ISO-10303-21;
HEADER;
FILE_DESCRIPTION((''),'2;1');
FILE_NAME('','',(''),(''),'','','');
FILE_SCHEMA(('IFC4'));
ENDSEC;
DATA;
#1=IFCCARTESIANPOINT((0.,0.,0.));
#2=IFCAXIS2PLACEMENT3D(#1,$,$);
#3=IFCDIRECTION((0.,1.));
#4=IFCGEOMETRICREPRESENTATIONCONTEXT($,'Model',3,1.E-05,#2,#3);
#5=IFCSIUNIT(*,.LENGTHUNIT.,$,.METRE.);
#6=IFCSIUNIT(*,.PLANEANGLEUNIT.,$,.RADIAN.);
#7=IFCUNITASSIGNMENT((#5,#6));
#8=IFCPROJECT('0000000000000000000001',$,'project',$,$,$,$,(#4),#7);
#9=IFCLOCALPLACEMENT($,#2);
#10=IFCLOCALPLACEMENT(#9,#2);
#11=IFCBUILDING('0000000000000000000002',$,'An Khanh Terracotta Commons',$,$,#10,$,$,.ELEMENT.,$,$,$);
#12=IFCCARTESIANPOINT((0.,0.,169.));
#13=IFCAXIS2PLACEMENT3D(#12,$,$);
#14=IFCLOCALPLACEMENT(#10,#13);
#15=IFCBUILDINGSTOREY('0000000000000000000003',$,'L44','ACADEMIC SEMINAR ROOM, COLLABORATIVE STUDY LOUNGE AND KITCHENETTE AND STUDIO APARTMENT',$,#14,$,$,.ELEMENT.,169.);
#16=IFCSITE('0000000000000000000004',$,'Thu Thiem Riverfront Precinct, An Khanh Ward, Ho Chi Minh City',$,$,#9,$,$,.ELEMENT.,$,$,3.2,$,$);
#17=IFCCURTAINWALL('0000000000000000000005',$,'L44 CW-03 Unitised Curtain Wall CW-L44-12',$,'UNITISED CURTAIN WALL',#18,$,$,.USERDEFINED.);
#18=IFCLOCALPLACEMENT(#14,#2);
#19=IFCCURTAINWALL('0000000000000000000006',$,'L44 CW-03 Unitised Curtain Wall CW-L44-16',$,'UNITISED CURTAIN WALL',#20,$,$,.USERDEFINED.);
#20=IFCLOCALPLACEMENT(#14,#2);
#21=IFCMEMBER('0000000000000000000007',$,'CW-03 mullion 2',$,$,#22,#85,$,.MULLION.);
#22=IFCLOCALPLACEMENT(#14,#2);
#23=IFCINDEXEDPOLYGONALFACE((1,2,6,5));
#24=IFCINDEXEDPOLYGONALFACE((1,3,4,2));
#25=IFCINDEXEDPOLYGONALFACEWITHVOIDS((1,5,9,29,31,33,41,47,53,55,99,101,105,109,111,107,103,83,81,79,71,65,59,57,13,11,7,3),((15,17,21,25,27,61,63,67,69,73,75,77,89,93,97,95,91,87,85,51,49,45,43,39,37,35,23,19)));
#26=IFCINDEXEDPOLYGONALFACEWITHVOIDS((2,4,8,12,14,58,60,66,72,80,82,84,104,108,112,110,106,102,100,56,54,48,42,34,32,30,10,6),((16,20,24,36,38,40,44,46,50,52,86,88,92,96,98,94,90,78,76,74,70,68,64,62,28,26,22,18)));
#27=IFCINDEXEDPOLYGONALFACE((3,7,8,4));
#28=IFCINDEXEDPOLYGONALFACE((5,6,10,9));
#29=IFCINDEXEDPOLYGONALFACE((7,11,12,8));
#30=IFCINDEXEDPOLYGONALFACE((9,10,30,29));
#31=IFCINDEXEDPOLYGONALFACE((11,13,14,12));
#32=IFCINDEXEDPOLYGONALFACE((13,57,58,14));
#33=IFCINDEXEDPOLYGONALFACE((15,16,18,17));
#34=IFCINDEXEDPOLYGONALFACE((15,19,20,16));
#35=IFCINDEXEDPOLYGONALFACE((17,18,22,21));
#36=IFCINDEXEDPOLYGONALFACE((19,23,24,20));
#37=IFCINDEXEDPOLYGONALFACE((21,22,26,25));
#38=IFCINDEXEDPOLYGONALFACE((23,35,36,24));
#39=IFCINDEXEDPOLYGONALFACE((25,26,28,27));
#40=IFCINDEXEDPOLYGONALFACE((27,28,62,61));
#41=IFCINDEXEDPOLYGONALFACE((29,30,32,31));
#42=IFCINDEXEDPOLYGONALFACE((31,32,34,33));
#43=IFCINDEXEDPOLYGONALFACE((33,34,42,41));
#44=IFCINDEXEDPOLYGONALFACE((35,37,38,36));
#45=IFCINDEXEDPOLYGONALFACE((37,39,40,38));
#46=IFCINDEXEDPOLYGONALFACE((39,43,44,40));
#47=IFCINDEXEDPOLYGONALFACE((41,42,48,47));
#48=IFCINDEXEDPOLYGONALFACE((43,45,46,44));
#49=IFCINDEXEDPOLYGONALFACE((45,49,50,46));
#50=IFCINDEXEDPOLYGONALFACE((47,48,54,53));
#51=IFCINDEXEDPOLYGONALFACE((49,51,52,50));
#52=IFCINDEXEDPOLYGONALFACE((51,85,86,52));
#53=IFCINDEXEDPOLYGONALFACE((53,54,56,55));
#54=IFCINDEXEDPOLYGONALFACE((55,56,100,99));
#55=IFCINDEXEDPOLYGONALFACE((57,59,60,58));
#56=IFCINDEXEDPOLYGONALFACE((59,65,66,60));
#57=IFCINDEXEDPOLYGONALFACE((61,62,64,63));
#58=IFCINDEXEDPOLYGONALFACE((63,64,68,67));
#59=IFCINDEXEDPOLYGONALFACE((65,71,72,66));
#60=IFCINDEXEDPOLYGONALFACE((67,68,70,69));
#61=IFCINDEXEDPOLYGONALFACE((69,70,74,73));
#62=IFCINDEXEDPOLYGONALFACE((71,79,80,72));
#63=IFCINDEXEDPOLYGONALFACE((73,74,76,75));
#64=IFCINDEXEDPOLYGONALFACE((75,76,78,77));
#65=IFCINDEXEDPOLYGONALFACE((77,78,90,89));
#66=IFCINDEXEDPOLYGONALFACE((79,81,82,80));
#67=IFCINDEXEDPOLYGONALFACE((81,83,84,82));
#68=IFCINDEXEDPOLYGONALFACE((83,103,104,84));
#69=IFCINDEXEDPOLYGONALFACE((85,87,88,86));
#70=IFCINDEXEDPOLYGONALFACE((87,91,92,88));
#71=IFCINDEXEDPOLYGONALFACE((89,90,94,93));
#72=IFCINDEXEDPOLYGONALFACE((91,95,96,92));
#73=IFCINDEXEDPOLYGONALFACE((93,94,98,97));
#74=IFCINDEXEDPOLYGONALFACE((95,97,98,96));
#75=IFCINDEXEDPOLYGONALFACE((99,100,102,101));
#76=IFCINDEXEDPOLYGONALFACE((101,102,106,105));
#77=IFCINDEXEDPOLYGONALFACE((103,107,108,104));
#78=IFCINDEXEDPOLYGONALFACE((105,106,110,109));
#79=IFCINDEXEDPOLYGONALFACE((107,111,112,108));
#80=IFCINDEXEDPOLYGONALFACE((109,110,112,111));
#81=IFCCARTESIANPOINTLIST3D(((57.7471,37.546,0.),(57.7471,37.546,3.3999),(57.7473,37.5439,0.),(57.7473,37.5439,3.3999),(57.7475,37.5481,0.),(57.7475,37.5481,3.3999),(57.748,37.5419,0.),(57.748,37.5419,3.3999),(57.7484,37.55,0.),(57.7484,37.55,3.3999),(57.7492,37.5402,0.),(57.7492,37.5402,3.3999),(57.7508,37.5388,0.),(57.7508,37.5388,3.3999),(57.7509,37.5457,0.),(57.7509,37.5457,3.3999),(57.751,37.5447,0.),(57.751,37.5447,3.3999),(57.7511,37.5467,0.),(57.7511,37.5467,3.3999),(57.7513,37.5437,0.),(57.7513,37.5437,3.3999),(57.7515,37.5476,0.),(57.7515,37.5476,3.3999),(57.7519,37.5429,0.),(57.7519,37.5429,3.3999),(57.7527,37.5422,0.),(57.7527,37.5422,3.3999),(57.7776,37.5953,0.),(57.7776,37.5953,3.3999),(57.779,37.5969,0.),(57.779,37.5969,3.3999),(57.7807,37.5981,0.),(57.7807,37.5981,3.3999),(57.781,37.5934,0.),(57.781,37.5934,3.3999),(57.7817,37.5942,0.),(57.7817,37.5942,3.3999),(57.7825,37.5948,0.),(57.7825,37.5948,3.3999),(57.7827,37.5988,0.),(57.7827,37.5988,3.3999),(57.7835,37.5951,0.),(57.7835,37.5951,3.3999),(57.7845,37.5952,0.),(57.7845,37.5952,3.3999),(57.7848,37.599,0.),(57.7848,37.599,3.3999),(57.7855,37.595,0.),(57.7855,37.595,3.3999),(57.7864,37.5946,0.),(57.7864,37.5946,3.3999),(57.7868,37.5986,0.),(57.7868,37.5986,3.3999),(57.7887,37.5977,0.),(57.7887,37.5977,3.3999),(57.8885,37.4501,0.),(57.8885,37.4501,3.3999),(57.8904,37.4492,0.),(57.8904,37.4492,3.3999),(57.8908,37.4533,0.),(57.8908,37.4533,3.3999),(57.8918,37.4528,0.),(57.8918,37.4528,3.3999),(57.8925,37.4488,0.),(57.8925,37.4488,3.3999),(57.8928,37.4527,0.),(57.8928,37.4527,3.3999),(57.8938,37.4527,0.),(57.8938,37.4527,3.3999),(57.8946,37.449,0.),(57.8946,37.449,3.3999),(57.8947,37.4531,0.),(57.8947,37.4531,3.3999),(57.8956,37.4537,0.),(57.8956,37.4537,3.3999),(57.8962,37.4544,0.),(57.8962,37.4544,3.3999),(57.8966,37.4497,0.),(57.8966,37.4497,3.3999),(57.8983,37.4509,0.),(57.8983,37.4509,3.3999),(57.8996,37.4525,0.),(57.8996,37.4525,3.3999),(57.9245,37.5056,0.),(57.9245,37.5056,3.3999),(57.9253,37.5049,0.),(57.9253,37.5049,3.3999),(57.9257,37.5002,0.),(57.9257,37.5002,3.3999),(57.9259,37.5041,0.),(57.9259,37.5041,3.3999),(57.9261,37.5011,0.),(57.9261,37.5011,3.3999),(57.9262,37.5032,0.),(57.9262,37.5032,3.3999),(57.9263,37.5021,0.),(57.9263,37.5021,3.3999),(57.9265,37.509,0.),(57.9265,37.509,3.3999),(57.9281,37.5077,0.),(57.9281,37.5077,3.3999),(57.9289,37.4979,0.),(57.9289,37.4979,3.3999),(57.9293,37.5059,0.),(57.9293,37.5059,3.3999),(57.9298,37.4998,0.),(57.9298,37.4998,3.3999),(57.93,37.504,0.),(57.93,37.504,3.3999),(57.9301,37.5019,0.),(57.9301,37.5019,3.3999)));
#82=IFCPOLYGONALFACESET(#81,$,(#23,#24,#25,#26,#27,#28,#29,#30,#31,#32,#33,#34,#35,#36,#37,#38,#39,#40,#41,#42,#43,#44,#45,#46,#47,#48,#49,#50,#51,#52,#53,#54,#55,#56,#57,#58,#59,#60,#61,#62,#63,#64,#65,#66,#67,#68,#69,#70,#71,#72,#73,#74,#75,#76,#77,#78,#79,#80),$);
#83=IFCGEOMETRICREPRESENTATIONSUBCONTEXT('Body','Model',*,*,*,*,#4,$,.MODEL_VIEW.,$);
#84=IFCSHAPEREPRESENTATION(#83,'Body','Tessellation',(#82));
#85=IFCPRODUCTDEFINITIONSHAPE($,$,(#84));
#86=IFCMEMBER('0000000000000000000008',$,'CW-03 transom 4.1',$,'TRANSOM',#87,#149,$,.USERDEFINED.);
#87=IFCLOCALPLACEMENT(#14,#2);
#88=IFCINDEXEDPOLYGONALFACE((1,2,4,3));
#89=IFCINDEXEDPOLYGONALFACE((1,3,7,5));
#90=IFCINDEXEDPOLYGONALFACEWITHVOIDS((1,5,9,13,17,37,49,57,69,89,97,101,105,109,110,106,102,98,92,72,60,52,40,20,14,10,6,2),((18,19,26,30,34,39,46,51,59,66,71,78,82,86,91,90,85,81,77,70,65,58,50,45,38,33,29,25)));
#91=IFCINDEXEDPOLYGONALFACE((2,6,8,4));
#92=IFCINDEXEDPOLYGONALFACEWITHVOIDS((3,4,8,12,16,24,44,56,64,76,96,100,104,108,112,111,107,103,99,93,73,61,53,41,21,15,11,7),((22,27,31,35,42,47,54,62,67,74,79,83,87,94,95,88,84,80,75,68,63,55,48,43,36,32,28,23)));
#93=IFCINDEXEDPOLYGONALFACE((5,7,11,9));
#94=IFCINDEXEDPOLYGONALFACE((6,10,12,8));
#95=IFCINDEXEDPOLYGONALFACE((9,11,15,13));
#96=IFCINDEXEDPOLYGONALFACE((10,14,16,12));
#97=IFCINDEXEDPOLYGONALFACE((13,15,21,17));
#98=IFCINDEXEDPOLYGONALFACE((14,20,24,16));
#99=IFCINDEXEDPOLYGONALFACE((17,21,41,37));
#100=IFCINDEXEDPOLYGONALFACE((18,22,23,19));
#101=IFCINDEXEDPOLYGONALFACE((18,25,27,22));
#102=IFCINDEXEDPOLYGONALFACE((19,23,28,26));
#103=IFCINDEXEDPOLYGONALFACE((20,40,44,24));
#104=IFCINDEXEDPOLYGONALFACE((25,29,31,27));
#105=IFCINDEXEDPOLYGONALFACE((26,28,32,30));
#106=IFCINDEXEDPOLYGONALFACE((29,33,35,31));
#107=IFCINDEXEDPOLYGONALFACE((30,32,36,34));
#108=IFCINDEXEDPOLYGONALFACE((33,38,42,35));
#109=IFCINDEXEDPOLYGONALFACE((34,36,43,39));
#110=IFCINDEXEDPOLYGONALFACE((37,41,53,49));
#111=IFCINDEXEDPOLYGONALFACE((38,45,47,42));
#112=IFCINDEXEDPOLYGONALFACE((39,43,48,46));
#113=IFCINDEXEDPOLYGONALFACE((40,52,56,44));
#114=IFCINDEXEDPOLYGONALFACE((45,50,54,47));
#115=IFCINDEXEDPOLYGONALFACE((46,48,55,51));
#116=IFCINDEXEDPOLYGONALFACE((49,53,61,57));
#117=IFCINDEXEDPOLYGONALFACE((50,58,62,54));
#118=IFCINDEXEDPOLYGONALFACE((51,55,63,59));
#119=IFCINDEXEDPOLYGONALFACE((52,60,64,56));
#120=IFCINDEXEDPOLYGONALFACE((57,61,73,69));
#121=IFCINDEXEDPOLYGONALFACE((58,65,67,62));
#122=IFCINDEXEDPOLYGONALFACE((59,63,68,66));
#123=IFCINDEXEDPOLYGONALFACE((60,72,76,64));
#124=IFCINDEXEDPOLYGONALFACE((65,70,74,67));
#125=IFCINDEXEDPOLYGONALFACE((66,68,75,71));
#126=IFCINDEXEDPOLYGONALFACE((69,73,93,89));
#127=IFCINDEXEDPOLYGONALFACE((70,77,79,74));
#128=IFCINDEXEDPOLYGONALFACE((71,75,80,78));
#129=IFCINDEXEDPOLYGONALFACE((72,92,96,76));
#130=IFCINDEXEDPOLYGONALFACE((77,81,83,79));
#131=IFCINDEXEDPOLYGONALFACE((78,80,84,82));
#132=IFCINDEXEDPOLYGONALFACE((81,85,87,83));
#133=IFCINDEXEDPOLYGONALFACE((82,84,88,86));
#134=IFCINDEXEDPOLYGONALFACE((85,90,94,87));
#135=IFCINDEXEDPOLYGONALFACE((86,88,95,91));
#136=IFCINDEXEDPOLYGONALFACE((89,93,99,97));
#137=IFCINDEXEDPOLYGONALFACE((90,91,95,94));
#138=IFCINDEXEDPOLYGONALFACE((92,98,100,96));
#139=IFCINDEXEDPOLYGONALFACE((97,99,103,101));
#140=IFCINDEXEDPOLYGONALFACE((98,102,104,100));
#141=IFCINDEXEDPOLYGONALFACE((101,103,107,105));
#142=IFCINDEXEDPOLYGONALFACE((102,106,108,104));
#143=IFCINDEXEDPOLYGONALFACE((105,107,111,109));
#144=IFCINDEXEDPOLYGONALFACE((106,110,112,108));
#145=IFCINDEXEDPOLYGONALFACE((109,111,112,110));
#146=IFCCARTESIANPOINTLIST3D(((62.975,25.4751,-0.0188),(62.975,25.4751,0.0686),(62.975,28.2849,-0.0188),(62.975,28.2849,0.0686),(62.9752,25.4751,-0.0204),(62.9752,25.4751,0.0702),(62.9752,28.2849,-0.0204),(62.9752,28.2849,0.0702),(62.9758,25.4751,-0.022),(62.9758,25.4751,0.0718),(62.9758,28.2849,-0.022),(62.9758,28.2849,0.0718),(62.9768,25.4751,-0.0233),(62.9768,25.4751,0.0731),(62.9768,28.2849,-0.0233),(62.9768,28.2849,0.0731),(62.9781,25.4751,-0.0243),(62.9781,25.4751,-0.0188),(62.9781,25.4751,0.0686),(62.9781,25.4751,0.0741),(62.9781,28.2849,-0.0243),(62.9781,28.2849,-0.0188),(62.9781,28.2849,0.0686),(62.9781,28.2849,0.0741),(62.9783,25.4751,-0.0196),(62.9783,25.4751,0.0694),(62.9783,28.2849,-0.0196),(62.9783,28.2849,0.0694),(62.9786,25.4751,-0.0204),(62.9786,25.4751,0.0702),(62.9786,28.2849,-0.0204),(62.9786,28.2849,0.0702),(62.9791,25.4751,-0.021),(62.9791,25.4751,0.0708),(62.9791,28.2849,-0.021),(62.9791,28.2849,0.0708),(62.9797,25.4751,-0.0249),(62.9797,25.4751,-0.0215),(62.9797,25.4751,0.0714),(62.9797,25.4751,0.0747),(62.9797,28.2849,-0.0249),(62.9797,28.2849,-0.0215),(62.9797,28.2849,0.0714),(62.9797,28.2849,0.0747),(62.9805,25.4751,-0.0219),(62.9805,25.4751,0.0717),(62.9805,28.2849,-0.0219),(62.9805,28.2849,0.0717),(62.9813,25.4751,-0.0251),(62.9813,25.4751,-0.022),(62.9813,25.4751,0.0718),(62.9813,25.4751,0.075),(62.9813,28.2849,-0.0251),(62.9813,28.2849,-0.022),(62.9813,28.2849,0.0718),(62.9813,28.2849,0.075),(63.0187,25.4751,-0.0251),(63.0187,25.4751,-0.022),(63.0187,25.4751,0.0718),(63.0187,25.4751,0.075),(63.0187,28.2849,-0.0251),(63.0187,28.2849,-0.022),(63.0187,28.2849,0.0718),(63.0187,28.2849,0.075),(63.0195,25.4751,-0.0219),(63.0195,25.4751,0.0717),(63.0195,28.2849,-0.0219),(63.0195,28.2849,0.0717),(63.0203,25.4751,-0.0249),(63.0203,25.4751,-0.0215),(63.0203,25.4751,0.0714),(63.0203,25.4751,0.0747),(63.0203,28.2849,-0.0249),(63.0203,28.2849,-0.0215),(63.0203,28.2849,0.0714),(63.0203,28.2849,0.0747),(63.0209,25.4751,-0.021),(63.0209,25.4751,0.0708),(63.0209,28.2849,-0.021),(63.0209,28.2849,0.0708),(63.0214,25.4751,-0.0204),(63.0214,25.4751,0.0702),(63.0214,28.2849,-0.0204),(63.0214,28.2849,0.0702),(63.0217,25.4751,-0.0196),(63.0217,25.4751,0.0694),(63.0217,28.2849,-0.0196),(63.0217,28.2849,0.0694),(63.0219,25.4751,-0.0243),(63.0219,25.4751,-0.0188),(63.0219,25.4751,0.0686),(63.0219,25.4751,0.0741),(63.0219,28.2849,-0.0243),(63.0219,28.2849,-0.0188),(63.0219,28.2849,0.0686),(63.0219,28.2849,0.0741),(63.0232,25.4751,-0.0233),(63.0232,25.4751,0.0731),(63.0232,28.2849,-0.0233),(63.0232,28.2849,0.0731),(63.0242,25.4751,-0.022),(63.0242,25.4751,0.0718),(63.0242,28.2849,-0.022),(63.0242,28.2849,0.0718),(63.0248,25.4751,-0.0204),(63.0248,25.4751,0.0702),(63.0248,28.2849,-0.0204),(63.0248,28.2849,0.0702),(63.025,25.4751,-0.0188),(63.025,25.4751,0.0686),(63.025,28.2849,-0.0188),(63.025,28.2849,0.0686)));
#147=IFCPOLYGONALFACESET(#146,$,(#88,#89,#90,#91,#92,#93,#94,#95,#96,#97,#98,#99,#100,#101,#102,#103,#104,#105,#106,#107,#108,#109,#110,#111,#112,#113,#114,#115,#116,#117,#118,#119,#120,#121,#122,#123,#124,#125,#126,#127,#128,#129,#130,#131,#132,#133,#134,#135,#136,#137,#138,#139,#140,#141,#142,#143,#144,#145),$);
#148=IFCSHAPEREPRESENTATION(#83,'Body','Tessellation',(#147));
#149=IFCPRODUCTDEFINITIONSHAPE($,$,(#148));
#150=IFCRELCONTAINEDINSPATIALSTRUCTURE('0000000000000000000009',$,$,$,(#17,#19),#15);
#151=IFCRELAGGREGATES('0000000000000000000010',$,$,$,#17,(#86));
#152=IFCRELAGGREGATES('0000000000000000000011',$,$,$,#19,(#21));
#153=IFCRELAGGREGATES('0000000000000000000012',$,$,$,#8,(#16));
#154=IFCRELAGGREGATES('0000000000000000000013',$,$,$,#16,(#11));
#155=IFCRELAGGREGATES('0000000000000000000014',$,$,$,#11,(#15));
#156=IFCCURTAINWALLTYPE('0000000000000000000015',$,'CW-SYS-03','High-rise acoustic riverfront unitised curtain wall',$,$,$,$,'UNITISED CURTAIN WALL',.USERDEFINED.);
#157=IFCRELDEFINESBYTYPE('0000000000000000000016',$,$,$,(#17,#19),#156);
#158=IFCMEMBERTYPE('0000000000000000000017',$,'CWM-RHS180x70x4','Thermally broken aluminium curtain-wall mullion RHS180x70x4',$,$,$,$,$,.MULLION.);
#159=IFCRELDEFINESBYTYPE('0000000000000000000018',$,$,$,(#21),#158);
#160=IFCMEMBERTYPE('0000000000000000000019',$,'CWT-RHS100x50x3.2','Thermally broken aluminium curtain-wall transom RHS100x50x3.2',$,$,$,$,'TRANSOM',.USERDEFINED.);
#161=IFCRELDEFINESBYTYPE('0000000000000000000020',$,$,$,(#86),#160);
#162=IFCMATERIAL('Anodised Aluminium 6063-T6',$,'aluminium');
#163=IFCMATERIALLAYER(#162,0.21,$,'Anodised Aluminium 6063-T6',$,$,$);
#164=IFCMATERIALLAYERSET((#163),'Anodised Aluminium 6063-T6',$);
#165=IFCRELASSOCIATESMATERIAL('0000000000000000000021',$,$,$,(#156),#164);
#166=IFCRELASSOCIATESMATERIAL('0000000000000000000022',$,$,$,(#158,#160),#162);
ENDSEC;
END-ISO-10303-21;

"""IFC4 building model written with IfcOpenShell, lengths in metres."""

from ifc_helpers import new_model, si_unit, direction, frame, origin, origin_2d, place, context, subcontext, project, spatial, hollow_rectangle, extrude, material, layer, layer_set, material_profile, profile_set, type_object, element, aggregate, save


model = new_model("IFC4")

# Units and contexts
model_context = context("Model", 3, precision=1e-05, world=origin(), true_north=direction((0.0, 1.0)))
body_context = subcontext(model_context, "Body", "Model", "MODEL_VIEW")
ifc_project = project(units=[si_unit("LENGTHUNIT", "METRE"), si_unit("PLANEANGLEUNIT", "RADIAN")], contexts=[model_context])

# Site, building, storey
site_placement = place(None, origin())
site = spatial("IfcSite", under=ifc_project, at=site_placement, Name="Thu Thiem Riverfront Precinct, An Khanh Ward, Ho Chi Minh City", CompositionType="ELEMENT", RefElevation=3.2)
building_placement = place(site_placement, origin())
building = spatial("IfcBuilding", under=site, at=building_placement, Name="An Khanh Terracotta Commons", CompositionType="ELEMENT")
storey_placement = place(building_placement, frame((0.0, 0.0, 169.0)))
storey = spatial("IfcBuildingStorey", under=building, at=storey_placement, Name="L44", Description="ACADEMIC SEMINAR ROOM, COLLABORATIVE STUDY LOUNGE AND KITCHENETTE AND STUDIO APARTMENT", CompositionType="ELEMENT", Elevation=169.0)

# Curtain walls, member
ifc_material_1 = material(Name="Anodised Aluminium 6063-T6", Category="aluminium")
ifc_layer_1 = layer(ifc_material_1, 0.21, Name="Anodised Aluminium 6063-T6")
ifc_layer_set_1 = layer_set([ifc_layer_1], Name="Anodised Aluminium 6063-T6")
curtain_wall_type = type_object("IfcCurtainWallType", Name="CW-SYS-03", Description="High-rise acoustic riverfront unitised curtain wall", ElementType="UNITISED CURTAIN WALL", PredefinedType="USERDEFINED", material=ifc_layer_set_1)
curtain_wall_1_placement = place(storey_placement, origin())
curtain_wall_1 = element("IfcCurtainWall", 1, at=curtain_wall_1_placement, inside=storey, type_object=curtain_wall_type, Name="L44 CW-03 Unitised Curtain Wall CW-L44-12", ObjectType="UNITISED CURTAIN WALL", PredefinedType="USERDEFINED")
ifc_material_profile_1 = material_profile(ifc_material_1, hollow_rectangle(XDim=0.0701, YDim=0.1799, WallThickness=0.0039, InnerFilletRadius=0.0039, OuterFilletRadius=0.0081, at=origin_2d()), Name="RHS180x70x4")
ifc_profile_set_1 = profile_set([ifc_material_profile_1], Name="Anodised Aluminium 6063-T6")
member_type_1 = type_object("IfcMemberType", Name="CWM-RHS180x70x4", Description="Thermally broken aluminium curtain-wall mullion RHS180x70x4", PredefinedType="MULLION", material=ifc_profile_set_1)
curtain_wall_2_placement = place(storey_placement, origin())
curtain_wall_2 = element("IfcCurtainWall", 2, at=curtain_wall_2_placement, inside=storey, type_object=curtain_wall_type, Name="L44 CW-03 Unitised Curtain Wall CW-L44-16", ObjectType="UNITISED CURTAIN WALL", PredefinedType="USERDEFINED")
member_1_placement = place(storey_placement, frame((57.8386, 37.5239, 0.0), z_axis=(0.0, 0.0, 1.0), x_axis=(-0.541498, -0.840702, 0.0)))
member_1 = element("IfcMember", 3, at=member_1_placement, type_object=member_type_1, Name="CW-03 mullion 2", PredefinedType="MULLION", context=body_context, shape_type="SweptSolid", body=[
    extrude(hollow_rectangle(XDim=0.0701, YDim=0.1799, WallThickness=0.0039, InnerFilletRadius=0.0039, OuterFilletRadius=0.0081, at=origin_2d()), origin(), (0.0, 0.0, 1.0), 3.3999),
])

# Member
ifc_material_profile_2 = material_profile(ifc_material_1, hollow_rectangle(XDim=0.05, YDim=0.1001, WallThickness=0.0032, InnerFilletRadius=0.0032, OuterFilletRadius=0.0063, at=origin_2d()), Name="RHS100x50x3.2")
ifc_profile_set_2 = profile_set([ifc_material_profile_2], Name="Anodised Aluminium 6063-T6")
member_type_2 = type_object("IfcMemberType", Name="CWT-RHS100x50x3.2", Description="Thermally broken aluminium curtain-wall transom RHS100x50x3.2", ElementType="TRANSOM", PredefinedType="USERDEFINED", material=ifc_profile_set_2)
member_2_placement = place(storey_placement, frame((63.0, 25.4751, 0.0249), z_axis=(0.0, 1.0, 0.0), x_axis=(-1.0, 0.0, 0.0)))
member_2 = element("IfcMember", 4, at=member_2_placement, type_object=member_type_2, Name="CW-03 transom 4.1", ObjectType="TRANSOM", PredefinedType="USERDEFINED", context=body_context, shape_type="SweptSolid", body=[
    extrude(hollow_rectangle(XDim=0.05, YDim=0.1001, WallThickness=0.0032, InnerFilletRadius=0.0032, OuterFilletRadius=0.0063, at=origin_2d()), origin(), (0.0, 0.0, 1.0), 2.8098),
])

aggregate(curtain_wall_1, [member_2])
aggregate(curtain_wall_2, [member_1])

save(model, "model.ifc")
